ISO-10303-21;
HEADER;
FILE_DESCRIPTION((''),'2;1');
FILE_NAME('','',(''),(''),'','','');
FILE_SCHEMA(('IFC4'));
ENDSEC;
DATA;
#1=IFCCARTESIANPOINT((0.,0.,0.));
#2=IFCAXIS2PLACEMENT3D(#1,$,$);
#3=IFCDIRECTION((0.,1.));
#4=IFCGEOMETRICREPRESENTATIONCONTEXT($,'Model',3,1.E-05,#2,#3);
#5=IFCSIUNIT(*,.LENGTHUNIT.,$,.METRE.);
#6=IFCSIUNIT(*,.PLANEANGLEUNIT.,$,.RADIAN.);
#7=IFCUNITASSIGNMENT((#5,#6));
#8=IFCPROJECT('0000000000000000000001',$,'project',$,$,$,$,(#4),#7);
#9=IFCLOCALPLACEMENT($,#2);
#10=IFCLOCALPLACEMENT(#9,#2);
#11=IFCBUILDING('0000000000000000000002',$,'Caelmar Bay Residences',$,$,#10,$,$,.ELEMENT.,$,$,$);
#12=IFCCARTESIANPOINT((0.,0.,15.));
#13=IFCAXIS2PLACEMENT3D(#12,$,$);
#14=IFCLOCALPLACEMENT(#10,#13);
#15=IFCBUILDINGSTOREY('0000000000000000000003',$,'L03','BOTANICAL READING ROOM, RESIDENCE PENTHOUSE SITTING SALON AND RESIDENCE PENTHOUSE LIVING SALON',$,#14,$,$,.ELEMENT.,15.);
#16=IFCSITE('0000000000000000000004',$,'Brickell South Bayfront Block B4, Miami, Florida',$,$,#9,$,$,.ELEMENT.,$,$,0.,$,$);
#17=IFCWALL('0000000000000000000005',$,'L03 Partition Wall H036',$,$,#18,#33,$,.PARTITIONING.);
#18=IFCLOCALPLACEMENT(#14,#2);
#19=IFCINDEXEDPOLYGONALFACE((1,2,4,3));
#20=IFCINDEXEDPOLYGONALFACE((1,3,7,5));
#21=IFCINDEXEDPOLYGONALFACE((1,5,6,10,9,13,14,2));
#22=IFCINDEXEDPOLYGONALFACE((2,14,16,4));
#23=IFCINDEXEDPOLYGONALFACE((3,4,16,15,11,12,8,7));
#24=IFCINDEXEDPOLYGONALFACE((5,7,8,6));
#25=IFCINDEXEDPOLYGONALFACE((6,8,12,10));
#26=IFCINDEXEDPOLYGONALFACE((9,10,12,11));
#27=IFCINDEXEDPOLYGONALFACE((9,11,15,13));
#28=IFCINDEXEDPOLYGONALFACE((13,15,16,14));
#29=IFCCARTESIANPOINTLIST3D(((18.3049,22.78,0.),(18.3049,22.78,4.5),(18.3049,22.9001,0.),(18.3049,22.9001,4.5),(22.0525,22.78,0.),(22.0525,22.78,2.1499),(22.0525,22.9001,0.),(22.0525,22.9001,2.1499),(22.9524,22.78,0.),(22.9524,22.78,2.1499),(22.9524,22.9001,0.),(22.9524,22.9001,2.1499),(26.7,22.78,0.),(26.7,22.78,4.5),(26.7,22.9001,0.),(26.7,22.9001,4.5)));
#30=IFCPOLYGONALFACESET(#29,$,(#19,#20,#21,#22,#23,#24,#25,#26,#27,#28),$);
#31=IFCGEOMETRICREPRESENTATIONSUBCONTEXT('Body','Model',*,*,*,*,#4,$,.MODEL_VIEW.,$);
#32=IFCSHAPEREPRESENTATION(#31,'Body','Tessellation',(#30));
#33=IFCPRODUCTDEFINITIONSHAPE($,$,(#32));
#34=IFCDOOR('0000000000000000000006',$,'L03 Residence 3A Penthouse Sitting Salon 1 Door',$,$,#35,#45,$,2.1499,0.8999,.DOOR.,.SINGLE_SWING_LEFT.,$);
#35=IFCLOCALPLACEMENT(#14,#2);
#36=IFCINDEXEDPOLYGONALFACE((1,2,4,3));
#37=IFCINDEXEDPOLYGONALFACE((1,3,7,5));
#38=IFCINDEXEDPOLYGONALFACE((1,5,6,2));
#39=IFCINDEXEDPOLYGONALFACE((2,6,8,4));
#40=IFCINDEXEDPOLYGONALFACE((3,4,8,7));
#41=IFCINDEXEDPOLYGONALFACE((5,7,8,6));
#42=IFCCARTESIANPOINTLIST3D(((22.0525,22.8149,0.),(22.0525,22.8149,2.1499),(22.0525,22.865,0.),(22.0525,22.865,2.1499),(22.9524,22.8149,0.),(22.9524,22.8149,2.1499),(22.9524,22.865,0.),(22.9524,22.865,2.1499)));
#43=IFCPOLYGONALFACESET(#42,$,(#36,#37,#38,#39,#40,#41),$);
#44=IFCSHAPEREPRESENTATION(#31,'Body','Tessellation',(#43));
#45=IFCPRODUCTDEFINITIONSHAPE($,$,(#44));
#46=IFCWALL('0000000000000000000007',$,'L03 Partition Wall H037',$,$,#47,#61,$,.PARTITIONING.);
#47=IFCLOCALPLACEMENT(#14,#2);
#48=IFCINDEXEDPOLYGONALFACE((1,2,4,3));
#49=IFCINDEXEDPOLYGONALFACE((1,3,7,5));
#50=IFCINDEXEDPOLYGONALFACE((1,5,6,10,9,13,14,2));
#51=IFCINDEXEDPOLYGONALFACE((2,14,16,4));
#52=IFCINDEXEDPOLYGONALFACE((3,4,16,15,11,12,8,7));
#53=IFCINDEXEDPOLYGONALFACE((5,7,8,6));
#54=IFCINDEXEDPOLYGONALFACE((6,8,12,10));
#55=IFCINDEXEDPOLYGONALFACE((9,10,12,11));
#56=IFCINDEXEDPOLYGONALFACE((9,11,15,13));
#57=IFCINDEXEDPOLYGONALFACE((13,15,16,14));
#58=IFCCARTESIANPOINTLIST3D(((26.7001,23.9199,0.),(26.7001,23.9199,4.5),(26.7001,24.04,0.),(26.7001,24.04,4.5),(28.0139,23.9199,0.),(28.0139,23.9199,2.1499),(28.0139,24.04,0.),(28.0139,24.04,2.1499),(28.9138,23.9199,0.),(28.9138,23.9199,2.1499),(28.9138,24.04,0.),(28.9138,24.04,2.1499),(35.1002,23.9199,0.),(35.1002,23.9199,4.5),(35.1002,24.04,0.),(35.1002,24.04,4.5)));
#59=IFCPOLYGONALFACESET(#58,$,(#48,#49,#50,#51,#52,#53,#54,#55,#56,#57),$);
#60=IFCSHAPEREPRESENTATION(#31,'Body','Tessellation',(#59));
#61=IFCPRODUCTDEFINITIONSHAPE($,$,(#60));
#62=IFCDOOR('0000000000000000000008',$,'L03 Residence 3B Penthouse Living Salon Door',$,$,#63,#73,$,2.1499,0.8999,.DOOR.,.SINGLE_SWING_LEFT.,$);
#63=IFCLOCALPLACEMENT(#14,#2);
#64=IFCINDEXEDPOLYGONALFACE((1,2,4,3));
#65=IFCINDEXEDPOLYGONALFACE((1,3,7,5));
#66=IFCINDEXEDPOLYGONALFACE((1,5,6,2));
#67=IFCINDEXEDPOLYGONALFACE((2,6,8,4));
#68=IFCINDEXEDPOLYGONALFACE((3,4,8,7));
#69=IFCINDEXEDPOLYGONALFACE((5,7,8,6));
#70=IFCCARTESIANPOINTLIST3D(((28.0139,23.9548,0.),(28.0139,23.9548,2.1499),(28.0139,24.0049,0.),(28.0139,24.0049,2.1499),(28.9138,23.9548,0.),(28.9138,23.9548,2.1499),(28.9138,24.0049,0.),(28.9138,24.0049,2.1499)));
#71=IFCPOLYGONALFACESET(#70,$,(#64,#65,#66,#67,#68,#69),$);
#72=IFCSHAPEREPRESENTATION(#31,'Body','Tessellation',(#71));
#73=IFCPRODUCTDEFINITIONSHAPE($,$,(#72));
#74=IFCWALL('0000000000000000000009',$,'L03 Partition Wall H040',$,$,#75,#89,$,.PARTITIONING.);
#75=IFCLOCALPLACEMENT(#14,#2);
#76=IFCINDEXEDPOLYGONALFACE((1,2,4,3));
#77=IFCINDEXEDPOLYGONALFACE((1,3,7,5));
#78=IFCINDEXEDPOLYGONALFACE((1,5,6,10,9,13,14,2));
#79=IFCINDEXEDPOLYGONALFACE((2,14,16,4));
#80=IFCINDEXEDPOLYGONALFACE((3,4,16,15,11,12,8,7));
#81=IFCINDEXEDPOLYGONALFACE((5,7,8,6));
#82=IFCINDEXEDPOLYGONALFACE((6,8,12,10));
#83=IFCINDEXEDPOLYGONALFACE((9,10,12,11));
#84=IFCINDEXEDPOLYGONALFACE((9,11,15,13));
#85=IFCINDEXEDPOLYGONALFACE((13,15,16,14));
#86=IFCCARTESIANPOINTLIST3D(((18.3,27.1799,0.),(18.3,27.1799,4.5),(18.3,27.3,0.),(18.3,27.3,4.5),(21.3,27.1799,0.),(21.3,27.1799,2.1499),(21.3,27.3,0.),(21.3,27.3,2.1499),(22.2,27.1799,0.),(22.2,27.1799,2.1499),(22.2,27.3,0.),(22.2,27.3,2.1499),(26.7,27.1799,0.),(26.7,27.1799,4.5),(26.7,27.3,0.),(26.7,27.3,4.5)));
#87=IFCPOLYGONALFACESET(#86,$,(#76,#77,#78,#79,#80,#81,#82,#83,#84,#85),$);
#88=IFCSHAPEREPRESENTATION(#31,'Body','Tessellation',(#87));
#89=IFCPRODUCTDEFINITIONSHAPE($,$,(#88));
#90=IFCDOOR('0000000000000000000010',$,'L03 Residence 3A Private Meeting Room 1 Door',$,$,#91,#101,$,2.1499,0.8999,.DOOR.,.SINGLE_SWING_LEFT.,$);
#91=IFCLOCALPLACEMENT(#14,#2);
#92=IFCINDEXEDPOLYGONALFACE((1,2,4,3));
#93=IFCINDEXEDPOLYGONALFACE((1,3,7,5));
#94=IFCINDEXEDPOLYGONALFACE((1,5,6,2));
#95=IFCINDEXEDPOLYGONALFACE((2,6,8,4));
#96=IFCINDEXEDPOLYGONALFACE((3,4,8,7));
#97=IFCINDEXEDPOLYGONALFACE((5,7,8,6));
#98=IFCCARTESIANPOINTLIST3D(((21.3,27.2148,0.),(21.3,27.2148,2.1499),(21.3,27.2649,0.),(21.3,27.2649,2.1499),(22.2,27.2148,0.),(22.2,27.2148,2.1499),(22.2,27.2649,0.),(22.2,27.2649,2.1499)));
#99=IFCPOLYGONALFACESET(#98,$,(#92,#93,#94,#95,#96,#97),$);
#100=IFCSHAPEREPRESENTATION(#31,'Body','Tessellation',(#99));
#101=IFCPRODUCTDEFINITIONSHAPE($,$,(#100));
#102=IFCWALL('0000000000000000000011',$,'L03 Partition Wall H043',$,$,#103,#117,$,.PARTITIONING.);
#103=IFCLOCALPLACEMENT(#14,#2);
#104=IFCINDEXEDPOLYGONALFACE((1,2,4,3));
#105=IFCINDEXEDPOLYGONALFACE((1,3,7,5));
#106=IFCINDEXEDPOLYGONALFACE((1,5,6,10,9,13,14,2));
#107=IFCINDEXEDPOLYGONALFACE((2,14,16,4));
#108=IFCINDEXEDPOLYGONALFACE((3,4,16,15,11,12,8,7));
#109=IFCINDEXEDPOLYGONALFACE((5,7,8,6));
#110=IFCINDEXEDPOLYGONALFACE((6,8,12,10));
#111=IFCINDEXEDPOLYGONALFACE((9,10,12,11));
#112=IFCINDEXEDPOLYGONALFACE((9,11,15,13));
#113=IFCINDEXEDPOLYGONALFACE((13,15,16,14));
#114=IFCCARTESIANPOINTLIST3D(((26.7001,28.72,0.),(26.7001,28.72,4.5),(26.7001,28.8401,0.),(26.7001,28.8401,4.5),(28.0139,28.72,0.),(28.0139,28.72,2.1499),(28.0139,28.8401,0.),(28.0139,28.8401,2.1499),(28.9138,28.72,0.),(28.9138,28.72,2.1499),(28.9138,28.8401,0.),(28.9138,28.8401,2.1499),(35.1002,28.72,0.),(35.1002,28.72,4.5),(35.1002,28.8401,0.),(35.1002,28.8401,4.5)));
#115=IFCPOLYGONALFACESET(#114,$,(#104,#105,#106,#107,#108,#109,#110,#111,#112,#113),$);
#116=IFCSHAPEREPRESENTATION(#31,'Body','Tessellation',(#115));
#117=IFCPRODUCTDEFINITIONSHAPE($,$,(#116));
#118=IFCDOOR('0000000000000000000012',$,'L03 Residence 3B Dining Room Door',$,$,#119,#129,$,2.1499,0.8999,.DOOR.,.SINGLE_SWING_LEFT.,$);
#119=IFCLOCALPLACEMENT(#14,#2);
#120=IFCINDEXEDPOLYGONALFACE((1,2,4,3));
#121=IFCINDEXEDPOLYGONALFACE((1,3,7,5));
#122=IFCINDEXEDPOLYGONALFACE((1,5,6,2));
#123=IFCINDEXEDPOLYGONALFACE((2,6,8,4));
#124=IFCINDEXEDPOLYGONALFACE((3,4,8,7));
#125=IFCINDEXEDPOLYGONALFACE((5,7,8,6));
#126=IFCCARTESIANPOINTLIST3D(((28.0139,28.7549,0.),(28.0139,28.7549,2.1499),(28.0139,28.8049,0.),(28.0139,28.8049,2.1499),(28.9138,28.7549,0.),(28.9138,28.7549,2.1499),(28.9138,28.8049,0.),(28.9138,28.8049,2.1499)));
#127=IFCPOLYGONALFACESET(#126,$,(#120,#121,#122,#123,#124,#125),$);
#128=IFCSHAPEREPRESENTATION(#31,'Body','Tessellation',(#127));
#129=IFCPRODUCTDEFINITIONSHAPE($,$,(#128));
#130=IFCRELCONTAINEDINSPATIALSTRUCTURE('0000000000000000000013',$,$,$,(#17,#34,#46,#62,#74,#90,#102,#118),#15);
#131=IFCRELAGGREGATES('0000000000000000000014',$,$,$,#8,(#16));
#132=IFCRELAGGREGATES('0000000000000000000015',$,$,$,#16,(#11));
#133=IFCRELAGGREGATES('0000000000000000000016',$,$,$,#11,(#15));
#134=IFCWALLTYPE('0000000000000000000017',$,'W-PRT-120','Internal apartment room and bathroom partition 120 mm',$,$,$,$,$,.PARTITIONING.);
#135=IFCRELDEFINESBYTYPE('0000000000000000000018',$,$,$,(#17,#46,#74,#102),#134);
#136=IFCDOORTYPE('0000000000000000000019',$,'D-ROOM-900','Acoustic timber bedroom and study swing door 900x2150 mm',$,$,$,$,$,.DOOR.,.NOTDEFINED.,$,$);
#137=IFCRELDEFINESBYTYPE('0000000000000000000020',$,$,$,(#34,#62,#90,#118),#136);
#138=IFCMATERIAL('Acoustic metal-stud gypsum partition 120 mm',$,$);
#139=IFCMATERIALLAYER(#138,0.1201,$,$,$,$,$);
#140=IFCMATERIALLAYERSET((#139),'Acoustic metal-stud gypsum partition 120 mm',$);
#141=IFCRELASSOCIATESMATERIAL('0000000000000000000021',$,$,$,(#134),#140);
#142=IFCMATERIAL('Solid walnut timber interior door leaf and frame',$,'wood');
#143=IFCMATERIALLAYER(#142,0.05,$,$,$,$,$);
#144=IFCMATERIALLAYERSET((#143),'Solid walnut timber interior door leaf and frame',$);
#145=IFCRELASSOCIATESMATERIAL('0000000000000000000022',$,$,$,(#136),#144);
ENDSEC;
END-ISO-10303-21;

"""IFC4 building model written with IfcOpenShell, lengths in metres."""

from ifc_helpers import new_model, si_unit, direction, frame, frame_2d, origin, place, context, subcontext, project, spatial, rectangle, extrude, material, layer, layer_set, type_object, element, fill, save


model = new_model("IFC4")

# Units and contexts
model_context = context("Model", 3, precision=1e-05, world=origin(), true_north=direction((0.0, 1.0)))
body_context = subcontext(model_context, "Body", "Model", "MODEL_VIEW")
ifc_project = project(units=[si_unit("LENGTHUNIT", "METRE"), si_unit("PLANEANGLEUNIT", "RADIAN")], contexts=[model_context])

# Site, building, storey
site_placement = place(None, origin())
site = spatial("IfcSite", under=ifc_project, at=site_placement, Name="Brickell South Bayfront Block B4, Miami, Florida", CompositionType="ELEMENT", RefElevation=0.0)
building_placement = place(site_placement, origin())
building = spatial("IfcBuilding", under=site, at=building_placement, Name="Caelmar Bay Residences", CompositionType="ELEMENT")
storey_placement = place(building_placement, frame((0.0, 0.0, 15.0)))
storey = spatial("IfcBuildingStorey", under=building, at=storey_placement, Name="L03", Description="BOTANICAL READING ROOM, RESIDENCE PENTHOUSE SITTING SALON AND RESIDENCE PENTHOUSE LIVING SALON", CompositionType="ELEMENT", Elevation=15.0)

# Walls, openings, doors
ifc_material_1 = material(Name="Acoustic metal-stud gypsum partition 120 mm")
ifc_layer_1 = layer(ifc_material_1, 0.1201)
ifc_layer_set_1 = layer_set([ifc_layer_1], Name="Acoustic metal-stud gypsum partition 120 mm")
wall_type = type_object("IfcWallType", Name="W-PRT-120", Description="Internal apartment room and bathroom partition 120 mm", PredefinedType="PARTITIONING", material=ifc_layer_set_1)
ifc_material_2 = material(Name="Solid walnut timber interior door leaf and frame", Category="wood")
ifc_layer_2 = layer(ifc_material_2, 0.05)
ifc_layer_set_2 = layer_set([ifc_layer_2], Name="Solid walnut timber interior door leaf and frame")
door_type_1 = type_object("IfcDoorType", Name="D-ROOM-900", Description="Acoustic timber bedroom and study swing door 900x2150 mm", OperationType="NOTDEFINED", PredefinedType="DOOR", material=ifc_layer_set_2)
wall_1_placement = place(storey_placement, frame((18.3049, 22.8401, 0.0), z_axis=(0.0, 0.0, 1.0), x_axis=(1.0, 0.0, 0.0)))
wall_1 = element("IfcWall", 1, at=wall_1_placement, inside=storey, type_object=wall_type, Name="L03 Partition Wall H036", PredefinedType="PARTITIONING", context=body_context, shape_type="SweptSolid", body=[
    extrude(rectangle(XDim=8.395, YDim=0.1201, at=frame_2d((4.1975, 0.0))), origin(), (0.0, 0.0, 1.0), 4.5),
])
opening_1_placement = place(wall_1_placement, frame((3.7476, 0.0, 0.0)))
opening_1 = element("IfcOpeningElement", 2, at=opening_1_placement, cuts=wall_1, PredefinedType="OPENING", context=body_context, shape_type="SweptSolid", body=[
    extrude(rectangle(XDim=0.8999, YDim=2.1499, at=frame_2d((0.45, 1.075))), frame((0.0, 0.0701, 0.0), z_axis=(0.0, -1.0, 0.0), x_axis=(1.0, 0.0, 0.0)), (0.0, 0.0, 1.0), 0.1401),
])
door_1_placement = place(opening_1_placement, origin())
door_1 = element("IfcDoor", 3, at=door_1_placement, inside=storey, type_object=door_type_1, Name="L03 Residence 3A Penthouse Sitting Salon 1 Door", OperationType="SINGLE_SWING_LEFT", OverallHeight=2.1499, OverallWidth=0.8999, PredefinedType="DOOR", context=body_context, shape_type="SweptSolid", body=[
    extrude(rectangle(XDim=0.8999, YDim=2.1499, at=frame_2d((0.45, 1.075))), frame((0.0, 0.0249, 0.0), z_axis=(0.0, -1.0, 0.0), x_axis=(1.0, 0.0, 0.0)), (0.0, 0.0, 1.0), 0.05),
])
fill(opening_1, door_1)
wall_2_placement = place(storey_placement, frame((26.7, 23.98, 0.0), z_axis=(0.0, 0.0, 1.0), x_axis=(1.0, 0.0, 0.0)))
wall_2 = element("IfcWall", 4, at=wall_2_placement, inside=storey, type_object=wall_type, Name="L03 Partition Wall H037", PredefinedType="PARTITIONING", context=body_context, shape_type="SweptSolid", body=[
    extrude(rectangle(XDim=8.4001, YDim=0.1201, at=frame_2d((4.2002, 0.0))), origin(), (0.0, 0.0, 1.0), 4.5),
])
opening_2_placement = place(wall_2_placement, frame((1.314, 0.0, 0.0)))
opening_2 = element("IfcOpeningElement", 5, at=opening_2_placement, cuts=wall_2, PredefinedType="OPENING", context=body_context, shape_type="SweptSolid", body=[
    extrude(rectangle(XDim=0.8999, YDim=2.1499, at=frame_2d((0.45, 1.075))), frame((0.0, 0.0701, 0.0), z_axis=(0.0, -1.0, 0.0), x_axis=(1.0, 0.0, 0.0)), (0.0, 0.0, 1.0), 0.1401),
])
door_2_placement = place(opening_2_placement, origin())
door_2 = element("IfcDoor", 6, at=door_2_placement, inside=storey, type_object=door_type_1, Name="L03 Residence 3B Penthouse Living Salon Door", OperationType="SINGLE_SWING_LEFT", OverallHeight=2.1499, OverallWidth=0.8999, PredefinedType="DOOR", context=body_context, shape_type="SweptSolid", body=[
    extrude(rectangle(XDim=0.8999, YDim=2.1499, at=frame_2d((0.45, 1.075))), frame((0.0, 0.0249, 0.0), z_axis=(0.0, -1.0, 0.0), x_axis=(1.0, 0.0, 0.0)), (0.0, 0.0, 1.0), 0.05),
])
fill(opening_2, door_2)
wall_3_placement = place(storey_placement, frame((18.3, 27.24, 0.0), z_axis=(0.0, 0.0, 1.0), x_axis=(1.0, 0.0, 0.0)))
wall_3 = element("IfcWall", 7, at=wall_3_placement, inside=storey, type_object=wall_type, Name="L03 Partition Wall H040", PredefinedType="PARTITIONING", context=body_context, shape_type="SweptSolid", body=[
    extrude(rectangle(XDim=8.3999, YDim=0.1201, at=frame_2d((4.2, 0.0))), origin(), (0.0, 0.0, 1.0), 4.5),
])
opening_3_placement = place(wall_3_placement, frame((3.0, 0.0, 0.0)))
opening_3 = element("IfcOpeningElement", 8, at=opening_3_placement, cuts=wall_3, PredefinedType="OPENING", context=body_context, shape_type="SweptSolid", body=[
    extrude(rectangle(XDim=0.8999, YDim=2.1499, at=frame_2d((0.45, 1.075))), frame((0.0, 0.0701, 0.0), z_axis=(0.0, -1.0, 0.0), x_axis=(1.0, 0.0, 0.0)), (0.0, 0.0, 1.0), 0.1401),
])
door_3_placement = place(opening_3_placement, origin())
door_3 = element("IfcDoor", 9, at=door_3_placement, inside=storey, type_object=door_type_1, Name="L03 Residence 3A Private Meeting Room 1 Door", OperationType="SINGLE_SWING_LEFT", OverallHeight=2.1499, OverallWidth=0.8999, PredefinedType="DOOR", context=body_context, shape_type="SweptSolid", body=[
    extrude(rectangle(XDim=0.8999, YDim=2.1499, at=frame_2d((0.45, 1.075))), frame((0.0, 0.0249, 0.0), z_axis=(0.0, -1.0, 0.0), x_axis=(1.0, 0.0, 0.0)), (0.0, 0.0, 1.0), 0.05),
])
fill(opening_3, door_3)
wall_4_placement = place(storey_placement, frame((26.7, 28.78, 0.0), z_axis=(0.0, 0.0, 1.0), x_axis=(1.0, 0.0, 0.0)))
wall_4 = element("IfcWall", 10, at=wall_4_placement, inside=storey, type_object=wall_type, Name="L03 Partition Wall H043", PredefinedType="PARTITIONING", context=body_context, shape_type="SweptSolid", body=[
    extrude(rectangle(XDim=8.4001, YDim=0.1201, at=frame_2d((4.2002, 0.0))), origin(), (0.0, 0.0, 1.0), 4.5),
])
opening_4_placement = place(wall_4_placement, frame((1.314, 0.0, 0.0)))
opening_4 = element("IfcOpeningElement", 11, at=opening_4_placement, cuts=wall_4, PredefinedType="OPENING", context=body_context, shape_type="SweptSolid", body=[
    extrude(rectangle(XDim=0.8999, YDim=2.1499, at=frame_2d((0.45, 1.075))), frame((0.0, 0.0701, 0.0), z_axis=(0.0, -1.0, 0.0), x_axis=(1.0, 0.0, 0.0)), (0.0, 0.0, 1.0), 0.1401),
])
door_4_placement = place(opening_4_placement, origin())
door_4 = element("IfcDoor", 12, at=door_4_placement, inside=storey, type_object=door_type_1, Name="L03 Residence 3B Dining Room Door", OperationType="SINGLE_SWING_LEFT", OverallHeight=2.1499, OverallWidth=0.8999, PredefinedType="DOOR", context=body_context, shape_type="SweptSolid", body=[
    extrude(rectangle(XDim=0.8999, YDim=2.1499, at=frame_2d((0.45, 1.075))), frame((0.0, 0.0249, 0.0), z_axis=(0.0, -1.0, 0.0), x_axis=(1.0, 0.0, 0.0)), (0.0, 0.0, 1.0), 0.05),
])
fill(opening_4, door_4)

save(model, "model.ifc")
